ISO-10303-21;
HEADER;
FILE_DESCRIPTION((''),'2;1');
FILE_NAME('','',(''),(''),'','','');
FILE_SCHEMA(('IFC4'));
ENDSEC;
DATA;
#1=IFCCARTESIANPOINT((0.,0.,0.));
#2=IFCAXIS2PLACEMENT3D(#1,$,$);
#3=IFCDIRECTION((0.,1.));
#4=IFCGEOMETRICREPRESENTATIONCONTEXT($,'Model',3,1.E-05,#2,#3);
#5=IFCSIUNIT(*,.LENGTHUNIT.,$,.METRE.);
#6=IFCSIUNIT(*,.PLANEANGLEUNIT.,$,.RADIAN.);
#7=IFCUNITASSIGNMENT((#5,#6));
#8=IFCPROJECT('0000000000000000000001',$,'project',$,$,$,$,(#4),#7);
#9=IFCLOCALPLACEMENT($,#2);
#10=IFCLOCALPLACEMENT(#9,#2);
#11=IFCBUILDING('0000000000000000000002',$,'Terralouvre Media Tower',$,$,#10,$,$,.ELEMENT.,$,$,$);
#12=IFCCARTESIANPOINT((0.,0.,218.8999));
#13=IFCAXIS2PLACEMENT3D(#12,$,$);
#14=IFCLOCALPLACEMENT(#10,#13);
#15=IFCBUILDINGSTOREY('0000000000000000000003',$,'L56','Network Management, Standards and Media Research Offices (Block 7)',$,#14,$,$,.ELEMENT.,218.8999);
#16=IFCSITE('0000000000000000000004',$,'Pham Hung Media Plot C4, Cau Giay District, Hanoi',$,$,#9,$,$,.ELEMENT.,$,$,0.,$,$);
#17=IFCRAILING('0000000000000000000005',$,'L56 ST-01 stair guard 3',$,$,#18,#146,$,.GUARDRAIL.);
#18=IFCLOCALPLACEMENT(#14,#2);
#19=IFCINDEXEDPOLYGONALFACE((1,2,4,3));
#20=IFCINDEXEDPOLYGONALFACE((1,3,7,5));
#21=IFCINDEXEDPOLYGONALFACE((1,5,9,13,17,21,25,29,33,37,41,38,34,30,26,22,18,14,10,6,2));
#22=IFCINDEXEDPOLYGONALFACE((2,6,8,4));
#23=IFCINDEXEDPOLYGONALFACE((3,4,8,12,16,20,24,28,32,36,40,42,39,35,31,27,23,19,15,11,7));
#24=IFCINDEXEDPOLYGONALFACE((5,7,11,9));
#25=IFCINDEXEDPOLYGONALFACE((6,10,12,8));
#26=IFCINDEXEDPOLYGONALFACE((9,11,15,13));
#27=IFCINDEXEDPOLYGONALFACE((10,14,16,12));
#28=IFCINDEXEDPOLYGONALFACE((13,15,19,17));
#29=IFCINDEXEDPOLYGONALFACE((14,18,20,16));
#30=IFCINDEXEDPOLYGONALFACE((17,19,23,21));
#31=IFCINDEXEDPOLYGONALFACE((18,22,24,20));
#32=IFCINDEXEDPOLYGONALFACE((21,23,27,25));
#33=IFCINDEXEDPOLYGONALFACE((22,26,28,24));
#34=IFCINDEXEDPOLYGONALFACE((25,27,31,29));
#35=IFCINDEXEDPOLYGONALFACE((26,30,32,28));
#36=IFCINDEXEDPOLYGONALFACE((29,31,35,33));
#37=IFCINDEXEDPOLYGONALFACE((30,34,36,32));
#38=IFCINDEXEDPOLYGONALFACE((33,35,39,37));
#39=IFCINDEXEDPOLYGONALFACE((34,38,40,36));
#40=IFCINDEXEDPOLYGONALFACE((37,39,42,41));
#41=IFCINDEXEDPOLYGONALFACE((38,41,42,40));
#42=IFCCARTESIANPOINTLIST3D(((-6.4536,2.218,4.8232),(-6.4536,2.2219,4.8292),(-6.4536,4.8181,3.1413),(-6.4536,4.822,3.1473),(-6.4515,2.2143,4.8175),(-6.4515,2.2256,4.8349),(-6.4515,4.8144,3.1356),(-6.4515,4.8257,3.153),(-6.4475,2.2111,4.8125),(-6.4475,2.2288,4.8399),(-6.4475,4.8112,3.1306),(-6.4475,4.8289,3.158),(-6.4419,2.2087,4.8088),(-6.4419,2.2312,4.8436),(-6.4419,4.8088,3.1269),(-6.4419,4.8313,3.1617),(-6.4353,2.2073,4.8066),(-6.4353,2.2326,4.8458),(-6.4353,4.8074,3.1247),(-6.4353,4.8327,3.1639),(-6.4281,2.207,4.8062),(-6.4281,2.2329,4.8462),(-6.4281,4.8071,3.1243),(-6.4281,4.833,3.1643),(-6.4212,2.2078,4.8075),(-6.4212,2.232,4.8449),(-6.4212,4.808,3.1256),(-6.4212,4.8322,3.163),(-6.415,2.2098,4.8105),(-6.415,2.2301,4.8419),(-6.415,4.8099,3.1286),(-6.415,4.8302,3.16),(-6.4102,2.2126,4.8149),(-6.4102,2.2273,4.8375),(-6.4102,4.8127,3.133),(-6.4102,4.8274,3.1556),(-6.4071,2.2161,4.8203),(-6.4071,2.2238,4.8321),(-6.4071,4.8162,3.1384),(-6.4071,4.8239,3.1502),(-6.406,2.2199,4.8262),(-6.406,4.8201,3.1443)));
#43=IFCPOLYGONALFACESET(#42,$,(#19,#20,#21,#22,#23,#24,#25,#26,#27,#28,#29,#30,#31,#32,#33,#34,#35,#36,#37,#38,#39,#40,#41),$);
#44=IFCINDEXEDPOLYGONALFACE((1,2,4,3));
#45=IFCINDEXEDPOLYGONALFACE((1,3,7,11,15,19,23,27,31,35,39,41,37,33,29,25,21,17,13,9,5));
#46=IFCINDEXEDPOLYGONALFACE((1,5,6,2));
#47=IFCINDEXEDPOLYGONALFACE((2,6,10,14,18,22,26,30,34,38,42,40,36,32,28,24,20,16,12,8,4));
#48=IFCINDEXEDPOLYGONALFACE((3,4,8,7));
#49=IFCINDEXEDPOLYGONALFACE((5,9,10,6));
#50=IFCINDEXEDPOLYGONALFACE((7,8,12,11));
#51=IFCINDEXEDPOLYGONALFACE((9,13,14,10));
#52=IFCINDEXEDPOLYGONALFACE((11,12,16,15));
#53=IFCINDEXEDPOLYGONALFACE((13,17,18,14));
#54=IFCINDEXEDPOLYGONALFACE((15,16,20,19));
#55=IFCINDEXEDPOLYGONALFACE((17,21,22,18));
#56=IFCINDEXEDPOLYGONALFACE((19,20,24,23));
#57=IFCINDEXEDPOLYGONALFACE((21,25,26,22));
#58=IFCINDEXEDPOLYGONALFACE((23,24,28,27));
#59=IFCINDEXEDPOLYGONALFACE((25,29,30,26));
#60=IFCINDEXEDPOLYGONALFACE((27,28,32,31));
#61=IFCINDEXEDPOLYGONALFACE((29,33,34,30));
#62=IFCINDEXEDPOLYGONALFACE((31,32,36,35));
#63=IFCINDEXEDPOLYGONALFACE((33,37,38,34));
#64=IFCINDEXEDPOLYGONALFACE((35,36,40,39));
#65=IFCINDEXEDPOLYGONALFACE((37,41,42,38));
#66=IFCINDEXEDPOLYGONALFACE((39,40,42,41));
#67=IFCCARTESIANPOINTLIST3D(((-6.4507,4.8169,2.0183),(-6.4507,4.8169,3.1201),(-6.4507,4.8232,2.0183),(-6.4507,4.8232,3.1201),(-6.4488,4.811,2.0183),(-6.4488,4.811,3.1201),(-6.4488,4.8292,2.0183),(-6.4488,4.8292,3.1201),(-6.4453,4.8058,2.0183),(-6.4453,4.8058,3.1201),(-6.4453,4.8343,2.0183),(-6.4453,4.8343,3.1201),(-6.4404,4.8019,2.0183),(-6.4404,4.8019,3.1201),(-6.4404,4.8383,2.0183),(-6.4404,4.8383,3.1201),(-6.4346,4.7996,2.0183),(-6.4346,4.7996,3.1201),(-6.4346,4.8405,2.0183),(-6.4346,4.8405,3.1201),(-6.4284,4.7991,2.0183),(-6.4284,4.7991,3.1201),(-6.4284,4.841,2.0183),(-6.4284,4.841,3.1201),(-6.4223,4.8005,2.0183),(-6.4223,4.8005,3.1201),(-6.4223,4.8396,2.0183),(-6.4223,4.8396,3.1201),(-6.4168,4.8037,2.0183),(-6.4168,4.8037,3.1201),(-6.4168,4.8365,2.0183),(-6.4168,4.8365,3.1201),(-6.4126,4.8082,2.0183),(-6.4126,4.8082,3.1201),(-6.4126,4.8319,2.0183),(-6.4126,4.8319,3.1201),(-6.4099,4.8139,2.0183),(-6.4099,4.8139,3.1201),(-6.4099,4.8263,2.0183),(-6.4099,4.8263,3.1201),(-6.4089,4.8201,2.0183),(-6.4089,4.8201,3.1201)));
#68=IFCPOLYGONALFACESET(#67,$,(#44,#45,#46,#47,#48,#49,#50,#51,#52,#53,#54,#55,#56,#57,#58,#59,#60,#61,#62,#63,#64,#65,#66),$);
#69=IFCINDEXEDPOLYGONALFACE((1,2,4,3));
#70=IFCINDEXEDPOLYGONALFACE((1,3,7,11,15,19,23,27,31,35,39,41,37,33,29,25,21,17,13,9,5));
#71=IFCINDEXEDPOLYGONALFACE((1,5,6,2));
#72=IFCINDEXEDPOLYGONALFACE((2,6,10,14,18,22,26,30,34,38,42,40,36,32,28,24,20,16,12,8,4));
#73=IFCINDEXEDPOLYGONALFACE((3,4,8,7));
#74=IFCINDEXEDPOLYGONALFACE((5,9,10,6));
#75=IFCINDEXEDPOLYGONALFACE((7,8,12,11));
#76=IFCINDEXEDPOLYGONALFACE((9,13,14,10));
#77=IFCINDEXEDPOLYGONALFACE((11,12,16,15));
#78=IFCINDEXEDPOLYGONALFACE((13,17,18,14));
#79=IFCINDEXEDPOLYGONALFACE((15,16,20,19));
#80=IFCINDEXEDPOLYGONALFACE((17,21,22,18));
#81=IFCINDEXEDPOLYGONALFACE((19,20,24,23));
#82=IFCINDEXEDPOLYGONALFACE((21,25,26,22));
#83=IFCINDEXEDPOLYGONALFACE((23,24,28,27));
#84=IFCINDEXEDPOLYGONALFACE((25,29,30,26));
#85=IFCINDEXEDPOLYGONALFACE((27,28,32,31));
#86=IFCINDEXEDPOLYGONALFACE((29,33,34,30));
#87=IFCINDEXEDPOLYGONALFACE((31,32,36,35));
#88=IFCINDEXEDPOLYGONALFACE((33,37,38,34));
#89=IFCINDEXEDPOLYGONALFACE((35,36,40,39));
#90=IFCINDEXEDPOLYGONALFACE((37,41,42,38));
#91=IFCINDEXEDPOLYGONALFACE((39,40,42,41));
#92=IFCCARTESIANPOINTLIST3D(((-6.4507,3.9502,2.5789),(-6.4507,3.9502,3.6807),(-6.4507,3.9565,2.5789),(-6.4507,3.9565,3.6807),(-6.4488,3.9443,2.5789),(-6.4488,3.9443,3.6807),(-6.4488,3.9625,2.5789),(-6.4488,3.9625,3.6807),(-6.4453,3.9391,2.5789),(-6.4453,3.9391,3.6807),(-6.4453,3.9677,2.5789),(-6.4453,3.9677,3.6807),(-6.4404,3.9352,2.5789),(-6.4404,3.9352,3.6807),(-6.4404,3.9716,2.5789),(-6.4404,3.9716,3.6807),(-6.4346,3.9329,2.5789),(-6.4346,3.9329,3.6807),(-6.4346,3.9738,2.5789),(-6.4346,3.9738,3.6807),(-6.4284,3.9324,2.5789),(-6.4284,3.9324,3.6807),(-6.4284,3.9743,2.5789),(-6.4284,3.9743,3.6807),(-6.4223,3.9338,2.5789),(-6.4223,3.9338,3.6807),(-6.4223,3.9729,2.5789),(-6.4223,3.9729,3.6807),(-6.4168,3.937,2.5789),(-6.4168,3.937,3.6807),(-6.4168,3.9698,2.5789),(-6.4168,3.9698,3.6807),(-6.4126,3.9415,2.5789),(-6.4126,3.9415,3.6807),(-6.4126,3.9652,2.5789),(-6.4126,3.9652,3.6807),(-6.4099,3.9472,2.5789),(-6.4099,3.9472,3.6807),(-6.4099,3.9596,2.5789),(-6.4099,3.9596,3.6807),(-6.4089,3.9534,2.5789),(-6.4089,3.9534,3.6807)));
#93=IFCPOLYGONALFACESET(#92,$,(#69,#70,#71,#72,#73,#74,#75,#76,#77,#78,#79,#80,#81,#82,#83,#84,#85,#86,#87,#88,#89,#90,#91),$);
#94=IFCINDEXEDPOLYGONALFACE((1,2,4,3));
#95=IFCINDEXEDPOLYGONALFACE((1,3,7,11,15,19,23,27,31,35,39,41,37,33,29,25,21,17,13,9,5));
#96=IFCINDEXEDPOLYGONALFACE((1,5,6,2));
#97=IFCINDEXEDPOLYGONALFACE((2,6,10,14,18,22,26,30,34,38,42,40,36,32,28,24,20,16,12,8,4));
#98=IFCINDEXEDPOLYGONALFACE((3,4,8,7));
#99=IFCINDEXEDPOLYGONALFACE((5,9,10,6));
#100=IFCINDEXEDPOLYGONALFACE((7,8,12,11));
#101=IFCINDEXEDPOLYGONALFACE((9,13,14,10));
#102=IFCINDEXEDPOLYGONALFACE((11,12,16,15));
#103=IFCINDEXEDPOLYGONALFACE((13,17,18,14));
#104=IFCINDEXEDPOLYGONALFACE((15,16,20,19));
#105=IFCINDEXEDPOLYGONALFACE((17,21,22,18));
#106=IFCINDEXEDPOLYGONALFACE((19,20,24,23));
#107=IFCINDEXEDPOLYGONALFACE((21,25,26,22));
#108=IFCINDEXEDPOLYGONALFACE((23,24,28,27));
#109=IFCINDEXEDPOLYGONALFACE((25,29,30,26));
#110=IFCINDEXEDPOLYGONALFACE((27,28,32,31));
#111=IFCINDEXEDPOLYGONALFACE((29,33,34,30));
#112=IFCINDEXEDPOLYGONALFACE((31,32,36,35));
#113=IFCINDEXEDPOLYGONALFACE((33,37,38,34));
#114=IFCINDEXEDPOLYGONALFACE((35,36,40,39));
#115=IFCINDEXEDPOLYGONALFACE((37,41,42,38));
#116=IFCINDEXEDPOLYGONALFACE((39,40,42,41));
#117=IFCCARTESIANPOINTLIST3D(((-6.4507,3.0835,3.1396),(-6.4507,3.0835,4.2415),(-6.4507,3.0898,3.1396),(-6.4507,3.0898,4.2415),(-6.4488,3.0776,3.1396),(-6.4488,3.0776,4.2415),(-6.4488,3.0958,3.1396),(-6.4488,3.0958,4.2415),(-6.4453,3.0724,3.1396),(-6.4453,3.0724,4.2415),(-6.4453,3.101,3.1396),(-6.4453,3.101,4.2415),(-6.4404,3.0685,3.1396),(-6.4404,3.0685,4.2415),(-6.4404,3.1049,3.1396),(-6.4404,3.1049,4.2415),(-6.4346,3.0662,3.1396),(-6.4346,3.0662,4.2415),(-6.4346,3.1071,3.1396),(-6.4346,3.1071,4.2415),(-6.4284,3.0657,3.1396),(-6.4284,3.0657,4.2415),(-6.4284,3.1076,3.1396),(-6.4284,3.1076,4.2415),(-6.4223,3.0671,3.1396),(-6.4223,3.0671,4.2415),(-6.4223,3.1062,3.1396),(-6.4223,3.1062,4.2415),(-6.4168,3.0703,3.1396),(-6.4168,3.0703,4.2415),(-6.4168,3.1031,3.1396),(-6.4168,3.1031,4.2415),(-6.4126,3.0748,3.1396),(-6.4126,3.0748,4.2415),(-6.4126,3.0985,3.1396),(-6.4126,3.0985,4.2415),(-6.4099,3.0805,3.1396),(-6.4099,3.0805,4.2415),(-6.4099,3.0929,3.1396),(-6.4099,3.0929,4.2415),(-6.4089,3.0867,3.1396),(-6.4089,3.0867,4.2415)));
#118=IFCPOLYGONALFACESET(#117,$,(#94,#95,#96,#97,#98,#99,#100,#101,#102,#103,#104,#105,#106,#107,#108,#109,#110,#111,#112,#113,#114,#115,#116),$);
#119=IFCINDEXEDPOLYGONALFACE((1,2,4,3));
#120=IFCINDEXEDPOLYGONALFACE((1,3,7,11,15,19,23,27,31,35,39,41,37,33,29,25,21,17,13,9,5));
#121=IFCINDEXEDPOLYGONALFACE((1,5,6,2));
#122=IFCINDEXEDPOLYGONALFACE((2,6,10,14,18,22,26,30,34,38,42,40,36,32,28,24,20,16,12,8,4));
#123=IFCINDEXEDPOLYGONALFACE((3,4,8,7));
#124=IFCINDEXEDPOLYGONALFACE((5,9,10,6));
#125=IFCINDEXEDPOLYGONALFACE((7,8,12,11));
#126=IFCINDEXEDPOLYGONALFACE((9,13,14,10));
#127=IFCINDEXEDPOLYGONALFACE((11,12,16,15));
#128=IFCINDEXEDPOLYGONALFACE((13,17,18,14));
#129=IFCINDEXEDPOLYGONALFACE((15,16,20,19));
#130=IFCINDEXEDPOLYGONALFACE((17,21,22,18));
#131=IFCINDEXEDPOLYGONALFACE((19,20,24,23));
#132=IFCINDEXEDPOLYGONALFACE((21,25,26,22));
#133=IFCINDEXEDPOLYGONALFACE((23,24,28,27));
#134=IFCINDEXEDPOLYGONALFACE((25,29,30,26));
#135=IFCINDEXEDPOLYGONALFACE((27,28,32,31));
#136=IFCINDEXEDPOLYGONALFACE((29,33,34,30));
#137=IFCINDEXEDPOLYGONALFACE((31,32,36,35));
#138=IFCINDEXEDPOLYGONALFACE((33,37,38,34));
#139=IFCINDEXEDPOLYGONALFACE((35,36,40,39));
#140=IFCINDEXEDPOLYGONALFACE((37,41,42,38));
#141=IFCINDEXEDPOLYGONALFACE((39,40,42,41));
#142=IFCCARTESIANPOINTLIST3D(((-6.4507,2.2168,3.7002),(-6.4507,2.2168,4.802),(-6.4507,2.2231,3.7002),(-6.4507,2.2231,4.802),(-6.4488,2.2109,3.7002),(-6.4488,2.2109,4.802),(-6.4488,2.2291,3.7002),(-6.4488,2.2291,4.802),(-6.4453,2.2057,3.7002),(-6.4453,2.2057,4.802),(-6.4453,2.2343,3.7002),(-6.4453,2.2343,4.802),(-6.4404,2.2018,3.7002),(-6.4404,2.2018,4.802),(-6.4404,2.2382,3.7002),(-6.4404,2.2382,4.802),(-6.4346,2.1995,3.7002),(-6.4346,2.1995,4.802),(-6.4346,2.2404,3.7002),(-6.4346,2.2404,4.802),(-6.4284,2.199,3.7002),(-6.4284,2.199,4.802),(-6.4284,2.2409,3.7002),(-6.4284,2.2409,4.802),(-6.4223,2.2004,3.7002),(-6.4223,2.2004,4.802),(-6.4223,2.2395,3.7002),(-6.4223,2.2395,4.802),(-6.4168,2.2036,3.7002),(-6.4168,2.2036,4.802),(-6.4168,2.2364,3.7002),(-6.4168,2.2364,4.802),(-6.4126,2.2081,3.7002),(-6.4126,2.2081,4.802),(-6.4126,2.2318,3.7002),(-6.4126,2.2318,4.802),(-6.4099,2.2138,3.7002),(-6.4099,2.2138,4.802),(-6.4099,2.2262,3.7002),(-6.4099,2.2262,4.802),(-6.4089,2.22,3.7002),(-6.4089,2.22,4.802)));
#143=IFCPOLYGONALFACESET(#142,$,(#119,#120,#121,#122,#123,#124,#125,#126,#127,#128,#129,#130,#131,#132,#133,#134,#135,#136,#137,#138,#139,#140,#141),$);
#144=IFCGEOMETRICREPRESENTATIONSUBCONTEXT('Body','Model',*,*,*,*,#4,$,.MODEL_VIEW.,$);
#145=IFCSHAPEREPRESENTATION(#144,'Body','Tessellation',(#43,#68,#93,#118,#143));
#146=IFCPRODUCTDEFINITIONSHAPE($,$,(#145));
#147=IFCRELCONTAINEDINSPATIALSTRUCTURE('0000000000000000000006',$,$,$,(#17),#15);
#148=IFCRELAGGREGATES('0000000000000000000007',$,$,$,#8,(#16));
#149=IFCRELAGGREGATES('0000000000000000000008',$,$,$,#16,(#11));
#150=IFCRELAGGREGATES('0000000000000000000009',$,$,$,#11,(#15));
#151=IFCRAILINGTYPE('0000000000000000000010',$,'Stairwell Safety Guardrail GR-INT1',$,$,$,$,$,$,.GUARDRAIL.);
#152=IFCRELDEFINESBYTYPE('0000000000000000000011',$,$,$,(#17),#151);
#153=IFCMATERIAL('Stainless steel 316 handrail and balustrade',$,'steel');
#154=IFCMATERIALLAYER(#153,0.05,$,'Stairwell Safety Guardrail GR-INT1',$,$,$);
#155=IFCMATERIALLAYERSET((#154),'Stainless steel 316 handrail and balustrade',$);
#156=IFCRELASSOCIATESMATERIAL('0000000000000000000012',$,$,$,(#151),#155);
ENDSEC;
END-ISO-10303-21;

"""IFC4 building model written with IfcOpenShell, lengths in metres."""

from ifc_helpers import new_model, si_unit, direction, frame, origin, origin_2d, place, context, subcontext, project, spatial, circle, extrude, material, layer, layer_set, type_object, element, save


model = new_model("IFC4")

# Units and contexts
model_context = context("Model", 3, precision=1e-05, world=origin(), true_north=direction((0.0, 1.0)))
body_context = subcontext(model_context, "Body", "Model", "MODEL_VIEW")
ifc_project = project(units=[si_unit("LENGTHUNIT", "METRE"), si_unit("PLANEANGLEUNIT", "RADIAN")], contexts=[model_context])

# Site, building, storey
site_placement = place(None, origin())
site = spatial("IfcSite", under=ifc_project, at=site_placement, Name="Pham Hung Media Plot C4, Cau Giay District, Hanoi", CompositionType="ELEMENT", RefElevation=0.0)
building_placement = place(site_placement, origin())
building = spatial("IfcBuilding", under=site, at=building_placement, Name="Terralouvre Media Tower", CompositionType="ELEMENT")
storey_placement = place(building_placement, frame((0.0, 0.0, 218.8999)))
storey = spatial("IfcBuildingStorey", under=building, at=storey_placement, Name="L56", Description="Network Management, Standards and Media Research Offices (Block 7)", CompositionType="ELEMENT", Elevation=218.8999)

# Railing
ifc_material_1 = material(Name="Stainless steel 316 handrail and balustrade", Category="steel")
ifc_layer_1 = layer(ifc_material_1, 0.05, Name="Stairwell Safety Guardrail GR-INT1")
ifc_layer_set_1 = layer_set([ifc_layer_1], Name="Stainless steel 316 handrail and balustrade")
railing_type_1 = type_object("IfcRailingType", Name="Stairwell Safety Guardrail GR-INT1", PredefinedType="GUARDRAIL", material=ifc_layer_set_1)
railing_1_placement = place(storey_placement, frame((-6.4299, 4.8201, 2.0183)))
element("IfcRailing", 1, at=railing_1_placement, inside=storey, type_object=railing_type_1, Name="L56 ST-01 stair guard 3", PredefinedType="GUARDRAIL", context=body_context, shape_type="SweptSolid", body=[
    extrude(circle(Radius=0.0239, at=origin_2d()), frame((0.0, 0.0, 1.126), z_axis=(0.0, -0.839648, 0.54313), x_axis=(1.0, 0.0, 0.0)), (0.0, 0.0, 1.0), 3.0967),
    extrude(circle(Radius=0.021, at=origin_2d()), origin(), (0.0, 0.0, 1.0), 1.1018),
    extrude(circle(Radius=0.021, at=origin_2d()), frame((0.0, -0.8667, 0.5605)), (0.0, 0.0, 1.0), 1.1018),
    extrude(circle(Radius=0.021, at=origin_2d()), frame((0.0, -1.7334, 1.1213)), (0.0, 0.0, 1.0), 1.1018),
    extrude(circle(Radius=0.021, at=origin_2d()), frame((0.0, -2.6001, 1.6819)), (0.0, 0.0, 1.0), 1.1018),
])

save(model, "model.ifc")
